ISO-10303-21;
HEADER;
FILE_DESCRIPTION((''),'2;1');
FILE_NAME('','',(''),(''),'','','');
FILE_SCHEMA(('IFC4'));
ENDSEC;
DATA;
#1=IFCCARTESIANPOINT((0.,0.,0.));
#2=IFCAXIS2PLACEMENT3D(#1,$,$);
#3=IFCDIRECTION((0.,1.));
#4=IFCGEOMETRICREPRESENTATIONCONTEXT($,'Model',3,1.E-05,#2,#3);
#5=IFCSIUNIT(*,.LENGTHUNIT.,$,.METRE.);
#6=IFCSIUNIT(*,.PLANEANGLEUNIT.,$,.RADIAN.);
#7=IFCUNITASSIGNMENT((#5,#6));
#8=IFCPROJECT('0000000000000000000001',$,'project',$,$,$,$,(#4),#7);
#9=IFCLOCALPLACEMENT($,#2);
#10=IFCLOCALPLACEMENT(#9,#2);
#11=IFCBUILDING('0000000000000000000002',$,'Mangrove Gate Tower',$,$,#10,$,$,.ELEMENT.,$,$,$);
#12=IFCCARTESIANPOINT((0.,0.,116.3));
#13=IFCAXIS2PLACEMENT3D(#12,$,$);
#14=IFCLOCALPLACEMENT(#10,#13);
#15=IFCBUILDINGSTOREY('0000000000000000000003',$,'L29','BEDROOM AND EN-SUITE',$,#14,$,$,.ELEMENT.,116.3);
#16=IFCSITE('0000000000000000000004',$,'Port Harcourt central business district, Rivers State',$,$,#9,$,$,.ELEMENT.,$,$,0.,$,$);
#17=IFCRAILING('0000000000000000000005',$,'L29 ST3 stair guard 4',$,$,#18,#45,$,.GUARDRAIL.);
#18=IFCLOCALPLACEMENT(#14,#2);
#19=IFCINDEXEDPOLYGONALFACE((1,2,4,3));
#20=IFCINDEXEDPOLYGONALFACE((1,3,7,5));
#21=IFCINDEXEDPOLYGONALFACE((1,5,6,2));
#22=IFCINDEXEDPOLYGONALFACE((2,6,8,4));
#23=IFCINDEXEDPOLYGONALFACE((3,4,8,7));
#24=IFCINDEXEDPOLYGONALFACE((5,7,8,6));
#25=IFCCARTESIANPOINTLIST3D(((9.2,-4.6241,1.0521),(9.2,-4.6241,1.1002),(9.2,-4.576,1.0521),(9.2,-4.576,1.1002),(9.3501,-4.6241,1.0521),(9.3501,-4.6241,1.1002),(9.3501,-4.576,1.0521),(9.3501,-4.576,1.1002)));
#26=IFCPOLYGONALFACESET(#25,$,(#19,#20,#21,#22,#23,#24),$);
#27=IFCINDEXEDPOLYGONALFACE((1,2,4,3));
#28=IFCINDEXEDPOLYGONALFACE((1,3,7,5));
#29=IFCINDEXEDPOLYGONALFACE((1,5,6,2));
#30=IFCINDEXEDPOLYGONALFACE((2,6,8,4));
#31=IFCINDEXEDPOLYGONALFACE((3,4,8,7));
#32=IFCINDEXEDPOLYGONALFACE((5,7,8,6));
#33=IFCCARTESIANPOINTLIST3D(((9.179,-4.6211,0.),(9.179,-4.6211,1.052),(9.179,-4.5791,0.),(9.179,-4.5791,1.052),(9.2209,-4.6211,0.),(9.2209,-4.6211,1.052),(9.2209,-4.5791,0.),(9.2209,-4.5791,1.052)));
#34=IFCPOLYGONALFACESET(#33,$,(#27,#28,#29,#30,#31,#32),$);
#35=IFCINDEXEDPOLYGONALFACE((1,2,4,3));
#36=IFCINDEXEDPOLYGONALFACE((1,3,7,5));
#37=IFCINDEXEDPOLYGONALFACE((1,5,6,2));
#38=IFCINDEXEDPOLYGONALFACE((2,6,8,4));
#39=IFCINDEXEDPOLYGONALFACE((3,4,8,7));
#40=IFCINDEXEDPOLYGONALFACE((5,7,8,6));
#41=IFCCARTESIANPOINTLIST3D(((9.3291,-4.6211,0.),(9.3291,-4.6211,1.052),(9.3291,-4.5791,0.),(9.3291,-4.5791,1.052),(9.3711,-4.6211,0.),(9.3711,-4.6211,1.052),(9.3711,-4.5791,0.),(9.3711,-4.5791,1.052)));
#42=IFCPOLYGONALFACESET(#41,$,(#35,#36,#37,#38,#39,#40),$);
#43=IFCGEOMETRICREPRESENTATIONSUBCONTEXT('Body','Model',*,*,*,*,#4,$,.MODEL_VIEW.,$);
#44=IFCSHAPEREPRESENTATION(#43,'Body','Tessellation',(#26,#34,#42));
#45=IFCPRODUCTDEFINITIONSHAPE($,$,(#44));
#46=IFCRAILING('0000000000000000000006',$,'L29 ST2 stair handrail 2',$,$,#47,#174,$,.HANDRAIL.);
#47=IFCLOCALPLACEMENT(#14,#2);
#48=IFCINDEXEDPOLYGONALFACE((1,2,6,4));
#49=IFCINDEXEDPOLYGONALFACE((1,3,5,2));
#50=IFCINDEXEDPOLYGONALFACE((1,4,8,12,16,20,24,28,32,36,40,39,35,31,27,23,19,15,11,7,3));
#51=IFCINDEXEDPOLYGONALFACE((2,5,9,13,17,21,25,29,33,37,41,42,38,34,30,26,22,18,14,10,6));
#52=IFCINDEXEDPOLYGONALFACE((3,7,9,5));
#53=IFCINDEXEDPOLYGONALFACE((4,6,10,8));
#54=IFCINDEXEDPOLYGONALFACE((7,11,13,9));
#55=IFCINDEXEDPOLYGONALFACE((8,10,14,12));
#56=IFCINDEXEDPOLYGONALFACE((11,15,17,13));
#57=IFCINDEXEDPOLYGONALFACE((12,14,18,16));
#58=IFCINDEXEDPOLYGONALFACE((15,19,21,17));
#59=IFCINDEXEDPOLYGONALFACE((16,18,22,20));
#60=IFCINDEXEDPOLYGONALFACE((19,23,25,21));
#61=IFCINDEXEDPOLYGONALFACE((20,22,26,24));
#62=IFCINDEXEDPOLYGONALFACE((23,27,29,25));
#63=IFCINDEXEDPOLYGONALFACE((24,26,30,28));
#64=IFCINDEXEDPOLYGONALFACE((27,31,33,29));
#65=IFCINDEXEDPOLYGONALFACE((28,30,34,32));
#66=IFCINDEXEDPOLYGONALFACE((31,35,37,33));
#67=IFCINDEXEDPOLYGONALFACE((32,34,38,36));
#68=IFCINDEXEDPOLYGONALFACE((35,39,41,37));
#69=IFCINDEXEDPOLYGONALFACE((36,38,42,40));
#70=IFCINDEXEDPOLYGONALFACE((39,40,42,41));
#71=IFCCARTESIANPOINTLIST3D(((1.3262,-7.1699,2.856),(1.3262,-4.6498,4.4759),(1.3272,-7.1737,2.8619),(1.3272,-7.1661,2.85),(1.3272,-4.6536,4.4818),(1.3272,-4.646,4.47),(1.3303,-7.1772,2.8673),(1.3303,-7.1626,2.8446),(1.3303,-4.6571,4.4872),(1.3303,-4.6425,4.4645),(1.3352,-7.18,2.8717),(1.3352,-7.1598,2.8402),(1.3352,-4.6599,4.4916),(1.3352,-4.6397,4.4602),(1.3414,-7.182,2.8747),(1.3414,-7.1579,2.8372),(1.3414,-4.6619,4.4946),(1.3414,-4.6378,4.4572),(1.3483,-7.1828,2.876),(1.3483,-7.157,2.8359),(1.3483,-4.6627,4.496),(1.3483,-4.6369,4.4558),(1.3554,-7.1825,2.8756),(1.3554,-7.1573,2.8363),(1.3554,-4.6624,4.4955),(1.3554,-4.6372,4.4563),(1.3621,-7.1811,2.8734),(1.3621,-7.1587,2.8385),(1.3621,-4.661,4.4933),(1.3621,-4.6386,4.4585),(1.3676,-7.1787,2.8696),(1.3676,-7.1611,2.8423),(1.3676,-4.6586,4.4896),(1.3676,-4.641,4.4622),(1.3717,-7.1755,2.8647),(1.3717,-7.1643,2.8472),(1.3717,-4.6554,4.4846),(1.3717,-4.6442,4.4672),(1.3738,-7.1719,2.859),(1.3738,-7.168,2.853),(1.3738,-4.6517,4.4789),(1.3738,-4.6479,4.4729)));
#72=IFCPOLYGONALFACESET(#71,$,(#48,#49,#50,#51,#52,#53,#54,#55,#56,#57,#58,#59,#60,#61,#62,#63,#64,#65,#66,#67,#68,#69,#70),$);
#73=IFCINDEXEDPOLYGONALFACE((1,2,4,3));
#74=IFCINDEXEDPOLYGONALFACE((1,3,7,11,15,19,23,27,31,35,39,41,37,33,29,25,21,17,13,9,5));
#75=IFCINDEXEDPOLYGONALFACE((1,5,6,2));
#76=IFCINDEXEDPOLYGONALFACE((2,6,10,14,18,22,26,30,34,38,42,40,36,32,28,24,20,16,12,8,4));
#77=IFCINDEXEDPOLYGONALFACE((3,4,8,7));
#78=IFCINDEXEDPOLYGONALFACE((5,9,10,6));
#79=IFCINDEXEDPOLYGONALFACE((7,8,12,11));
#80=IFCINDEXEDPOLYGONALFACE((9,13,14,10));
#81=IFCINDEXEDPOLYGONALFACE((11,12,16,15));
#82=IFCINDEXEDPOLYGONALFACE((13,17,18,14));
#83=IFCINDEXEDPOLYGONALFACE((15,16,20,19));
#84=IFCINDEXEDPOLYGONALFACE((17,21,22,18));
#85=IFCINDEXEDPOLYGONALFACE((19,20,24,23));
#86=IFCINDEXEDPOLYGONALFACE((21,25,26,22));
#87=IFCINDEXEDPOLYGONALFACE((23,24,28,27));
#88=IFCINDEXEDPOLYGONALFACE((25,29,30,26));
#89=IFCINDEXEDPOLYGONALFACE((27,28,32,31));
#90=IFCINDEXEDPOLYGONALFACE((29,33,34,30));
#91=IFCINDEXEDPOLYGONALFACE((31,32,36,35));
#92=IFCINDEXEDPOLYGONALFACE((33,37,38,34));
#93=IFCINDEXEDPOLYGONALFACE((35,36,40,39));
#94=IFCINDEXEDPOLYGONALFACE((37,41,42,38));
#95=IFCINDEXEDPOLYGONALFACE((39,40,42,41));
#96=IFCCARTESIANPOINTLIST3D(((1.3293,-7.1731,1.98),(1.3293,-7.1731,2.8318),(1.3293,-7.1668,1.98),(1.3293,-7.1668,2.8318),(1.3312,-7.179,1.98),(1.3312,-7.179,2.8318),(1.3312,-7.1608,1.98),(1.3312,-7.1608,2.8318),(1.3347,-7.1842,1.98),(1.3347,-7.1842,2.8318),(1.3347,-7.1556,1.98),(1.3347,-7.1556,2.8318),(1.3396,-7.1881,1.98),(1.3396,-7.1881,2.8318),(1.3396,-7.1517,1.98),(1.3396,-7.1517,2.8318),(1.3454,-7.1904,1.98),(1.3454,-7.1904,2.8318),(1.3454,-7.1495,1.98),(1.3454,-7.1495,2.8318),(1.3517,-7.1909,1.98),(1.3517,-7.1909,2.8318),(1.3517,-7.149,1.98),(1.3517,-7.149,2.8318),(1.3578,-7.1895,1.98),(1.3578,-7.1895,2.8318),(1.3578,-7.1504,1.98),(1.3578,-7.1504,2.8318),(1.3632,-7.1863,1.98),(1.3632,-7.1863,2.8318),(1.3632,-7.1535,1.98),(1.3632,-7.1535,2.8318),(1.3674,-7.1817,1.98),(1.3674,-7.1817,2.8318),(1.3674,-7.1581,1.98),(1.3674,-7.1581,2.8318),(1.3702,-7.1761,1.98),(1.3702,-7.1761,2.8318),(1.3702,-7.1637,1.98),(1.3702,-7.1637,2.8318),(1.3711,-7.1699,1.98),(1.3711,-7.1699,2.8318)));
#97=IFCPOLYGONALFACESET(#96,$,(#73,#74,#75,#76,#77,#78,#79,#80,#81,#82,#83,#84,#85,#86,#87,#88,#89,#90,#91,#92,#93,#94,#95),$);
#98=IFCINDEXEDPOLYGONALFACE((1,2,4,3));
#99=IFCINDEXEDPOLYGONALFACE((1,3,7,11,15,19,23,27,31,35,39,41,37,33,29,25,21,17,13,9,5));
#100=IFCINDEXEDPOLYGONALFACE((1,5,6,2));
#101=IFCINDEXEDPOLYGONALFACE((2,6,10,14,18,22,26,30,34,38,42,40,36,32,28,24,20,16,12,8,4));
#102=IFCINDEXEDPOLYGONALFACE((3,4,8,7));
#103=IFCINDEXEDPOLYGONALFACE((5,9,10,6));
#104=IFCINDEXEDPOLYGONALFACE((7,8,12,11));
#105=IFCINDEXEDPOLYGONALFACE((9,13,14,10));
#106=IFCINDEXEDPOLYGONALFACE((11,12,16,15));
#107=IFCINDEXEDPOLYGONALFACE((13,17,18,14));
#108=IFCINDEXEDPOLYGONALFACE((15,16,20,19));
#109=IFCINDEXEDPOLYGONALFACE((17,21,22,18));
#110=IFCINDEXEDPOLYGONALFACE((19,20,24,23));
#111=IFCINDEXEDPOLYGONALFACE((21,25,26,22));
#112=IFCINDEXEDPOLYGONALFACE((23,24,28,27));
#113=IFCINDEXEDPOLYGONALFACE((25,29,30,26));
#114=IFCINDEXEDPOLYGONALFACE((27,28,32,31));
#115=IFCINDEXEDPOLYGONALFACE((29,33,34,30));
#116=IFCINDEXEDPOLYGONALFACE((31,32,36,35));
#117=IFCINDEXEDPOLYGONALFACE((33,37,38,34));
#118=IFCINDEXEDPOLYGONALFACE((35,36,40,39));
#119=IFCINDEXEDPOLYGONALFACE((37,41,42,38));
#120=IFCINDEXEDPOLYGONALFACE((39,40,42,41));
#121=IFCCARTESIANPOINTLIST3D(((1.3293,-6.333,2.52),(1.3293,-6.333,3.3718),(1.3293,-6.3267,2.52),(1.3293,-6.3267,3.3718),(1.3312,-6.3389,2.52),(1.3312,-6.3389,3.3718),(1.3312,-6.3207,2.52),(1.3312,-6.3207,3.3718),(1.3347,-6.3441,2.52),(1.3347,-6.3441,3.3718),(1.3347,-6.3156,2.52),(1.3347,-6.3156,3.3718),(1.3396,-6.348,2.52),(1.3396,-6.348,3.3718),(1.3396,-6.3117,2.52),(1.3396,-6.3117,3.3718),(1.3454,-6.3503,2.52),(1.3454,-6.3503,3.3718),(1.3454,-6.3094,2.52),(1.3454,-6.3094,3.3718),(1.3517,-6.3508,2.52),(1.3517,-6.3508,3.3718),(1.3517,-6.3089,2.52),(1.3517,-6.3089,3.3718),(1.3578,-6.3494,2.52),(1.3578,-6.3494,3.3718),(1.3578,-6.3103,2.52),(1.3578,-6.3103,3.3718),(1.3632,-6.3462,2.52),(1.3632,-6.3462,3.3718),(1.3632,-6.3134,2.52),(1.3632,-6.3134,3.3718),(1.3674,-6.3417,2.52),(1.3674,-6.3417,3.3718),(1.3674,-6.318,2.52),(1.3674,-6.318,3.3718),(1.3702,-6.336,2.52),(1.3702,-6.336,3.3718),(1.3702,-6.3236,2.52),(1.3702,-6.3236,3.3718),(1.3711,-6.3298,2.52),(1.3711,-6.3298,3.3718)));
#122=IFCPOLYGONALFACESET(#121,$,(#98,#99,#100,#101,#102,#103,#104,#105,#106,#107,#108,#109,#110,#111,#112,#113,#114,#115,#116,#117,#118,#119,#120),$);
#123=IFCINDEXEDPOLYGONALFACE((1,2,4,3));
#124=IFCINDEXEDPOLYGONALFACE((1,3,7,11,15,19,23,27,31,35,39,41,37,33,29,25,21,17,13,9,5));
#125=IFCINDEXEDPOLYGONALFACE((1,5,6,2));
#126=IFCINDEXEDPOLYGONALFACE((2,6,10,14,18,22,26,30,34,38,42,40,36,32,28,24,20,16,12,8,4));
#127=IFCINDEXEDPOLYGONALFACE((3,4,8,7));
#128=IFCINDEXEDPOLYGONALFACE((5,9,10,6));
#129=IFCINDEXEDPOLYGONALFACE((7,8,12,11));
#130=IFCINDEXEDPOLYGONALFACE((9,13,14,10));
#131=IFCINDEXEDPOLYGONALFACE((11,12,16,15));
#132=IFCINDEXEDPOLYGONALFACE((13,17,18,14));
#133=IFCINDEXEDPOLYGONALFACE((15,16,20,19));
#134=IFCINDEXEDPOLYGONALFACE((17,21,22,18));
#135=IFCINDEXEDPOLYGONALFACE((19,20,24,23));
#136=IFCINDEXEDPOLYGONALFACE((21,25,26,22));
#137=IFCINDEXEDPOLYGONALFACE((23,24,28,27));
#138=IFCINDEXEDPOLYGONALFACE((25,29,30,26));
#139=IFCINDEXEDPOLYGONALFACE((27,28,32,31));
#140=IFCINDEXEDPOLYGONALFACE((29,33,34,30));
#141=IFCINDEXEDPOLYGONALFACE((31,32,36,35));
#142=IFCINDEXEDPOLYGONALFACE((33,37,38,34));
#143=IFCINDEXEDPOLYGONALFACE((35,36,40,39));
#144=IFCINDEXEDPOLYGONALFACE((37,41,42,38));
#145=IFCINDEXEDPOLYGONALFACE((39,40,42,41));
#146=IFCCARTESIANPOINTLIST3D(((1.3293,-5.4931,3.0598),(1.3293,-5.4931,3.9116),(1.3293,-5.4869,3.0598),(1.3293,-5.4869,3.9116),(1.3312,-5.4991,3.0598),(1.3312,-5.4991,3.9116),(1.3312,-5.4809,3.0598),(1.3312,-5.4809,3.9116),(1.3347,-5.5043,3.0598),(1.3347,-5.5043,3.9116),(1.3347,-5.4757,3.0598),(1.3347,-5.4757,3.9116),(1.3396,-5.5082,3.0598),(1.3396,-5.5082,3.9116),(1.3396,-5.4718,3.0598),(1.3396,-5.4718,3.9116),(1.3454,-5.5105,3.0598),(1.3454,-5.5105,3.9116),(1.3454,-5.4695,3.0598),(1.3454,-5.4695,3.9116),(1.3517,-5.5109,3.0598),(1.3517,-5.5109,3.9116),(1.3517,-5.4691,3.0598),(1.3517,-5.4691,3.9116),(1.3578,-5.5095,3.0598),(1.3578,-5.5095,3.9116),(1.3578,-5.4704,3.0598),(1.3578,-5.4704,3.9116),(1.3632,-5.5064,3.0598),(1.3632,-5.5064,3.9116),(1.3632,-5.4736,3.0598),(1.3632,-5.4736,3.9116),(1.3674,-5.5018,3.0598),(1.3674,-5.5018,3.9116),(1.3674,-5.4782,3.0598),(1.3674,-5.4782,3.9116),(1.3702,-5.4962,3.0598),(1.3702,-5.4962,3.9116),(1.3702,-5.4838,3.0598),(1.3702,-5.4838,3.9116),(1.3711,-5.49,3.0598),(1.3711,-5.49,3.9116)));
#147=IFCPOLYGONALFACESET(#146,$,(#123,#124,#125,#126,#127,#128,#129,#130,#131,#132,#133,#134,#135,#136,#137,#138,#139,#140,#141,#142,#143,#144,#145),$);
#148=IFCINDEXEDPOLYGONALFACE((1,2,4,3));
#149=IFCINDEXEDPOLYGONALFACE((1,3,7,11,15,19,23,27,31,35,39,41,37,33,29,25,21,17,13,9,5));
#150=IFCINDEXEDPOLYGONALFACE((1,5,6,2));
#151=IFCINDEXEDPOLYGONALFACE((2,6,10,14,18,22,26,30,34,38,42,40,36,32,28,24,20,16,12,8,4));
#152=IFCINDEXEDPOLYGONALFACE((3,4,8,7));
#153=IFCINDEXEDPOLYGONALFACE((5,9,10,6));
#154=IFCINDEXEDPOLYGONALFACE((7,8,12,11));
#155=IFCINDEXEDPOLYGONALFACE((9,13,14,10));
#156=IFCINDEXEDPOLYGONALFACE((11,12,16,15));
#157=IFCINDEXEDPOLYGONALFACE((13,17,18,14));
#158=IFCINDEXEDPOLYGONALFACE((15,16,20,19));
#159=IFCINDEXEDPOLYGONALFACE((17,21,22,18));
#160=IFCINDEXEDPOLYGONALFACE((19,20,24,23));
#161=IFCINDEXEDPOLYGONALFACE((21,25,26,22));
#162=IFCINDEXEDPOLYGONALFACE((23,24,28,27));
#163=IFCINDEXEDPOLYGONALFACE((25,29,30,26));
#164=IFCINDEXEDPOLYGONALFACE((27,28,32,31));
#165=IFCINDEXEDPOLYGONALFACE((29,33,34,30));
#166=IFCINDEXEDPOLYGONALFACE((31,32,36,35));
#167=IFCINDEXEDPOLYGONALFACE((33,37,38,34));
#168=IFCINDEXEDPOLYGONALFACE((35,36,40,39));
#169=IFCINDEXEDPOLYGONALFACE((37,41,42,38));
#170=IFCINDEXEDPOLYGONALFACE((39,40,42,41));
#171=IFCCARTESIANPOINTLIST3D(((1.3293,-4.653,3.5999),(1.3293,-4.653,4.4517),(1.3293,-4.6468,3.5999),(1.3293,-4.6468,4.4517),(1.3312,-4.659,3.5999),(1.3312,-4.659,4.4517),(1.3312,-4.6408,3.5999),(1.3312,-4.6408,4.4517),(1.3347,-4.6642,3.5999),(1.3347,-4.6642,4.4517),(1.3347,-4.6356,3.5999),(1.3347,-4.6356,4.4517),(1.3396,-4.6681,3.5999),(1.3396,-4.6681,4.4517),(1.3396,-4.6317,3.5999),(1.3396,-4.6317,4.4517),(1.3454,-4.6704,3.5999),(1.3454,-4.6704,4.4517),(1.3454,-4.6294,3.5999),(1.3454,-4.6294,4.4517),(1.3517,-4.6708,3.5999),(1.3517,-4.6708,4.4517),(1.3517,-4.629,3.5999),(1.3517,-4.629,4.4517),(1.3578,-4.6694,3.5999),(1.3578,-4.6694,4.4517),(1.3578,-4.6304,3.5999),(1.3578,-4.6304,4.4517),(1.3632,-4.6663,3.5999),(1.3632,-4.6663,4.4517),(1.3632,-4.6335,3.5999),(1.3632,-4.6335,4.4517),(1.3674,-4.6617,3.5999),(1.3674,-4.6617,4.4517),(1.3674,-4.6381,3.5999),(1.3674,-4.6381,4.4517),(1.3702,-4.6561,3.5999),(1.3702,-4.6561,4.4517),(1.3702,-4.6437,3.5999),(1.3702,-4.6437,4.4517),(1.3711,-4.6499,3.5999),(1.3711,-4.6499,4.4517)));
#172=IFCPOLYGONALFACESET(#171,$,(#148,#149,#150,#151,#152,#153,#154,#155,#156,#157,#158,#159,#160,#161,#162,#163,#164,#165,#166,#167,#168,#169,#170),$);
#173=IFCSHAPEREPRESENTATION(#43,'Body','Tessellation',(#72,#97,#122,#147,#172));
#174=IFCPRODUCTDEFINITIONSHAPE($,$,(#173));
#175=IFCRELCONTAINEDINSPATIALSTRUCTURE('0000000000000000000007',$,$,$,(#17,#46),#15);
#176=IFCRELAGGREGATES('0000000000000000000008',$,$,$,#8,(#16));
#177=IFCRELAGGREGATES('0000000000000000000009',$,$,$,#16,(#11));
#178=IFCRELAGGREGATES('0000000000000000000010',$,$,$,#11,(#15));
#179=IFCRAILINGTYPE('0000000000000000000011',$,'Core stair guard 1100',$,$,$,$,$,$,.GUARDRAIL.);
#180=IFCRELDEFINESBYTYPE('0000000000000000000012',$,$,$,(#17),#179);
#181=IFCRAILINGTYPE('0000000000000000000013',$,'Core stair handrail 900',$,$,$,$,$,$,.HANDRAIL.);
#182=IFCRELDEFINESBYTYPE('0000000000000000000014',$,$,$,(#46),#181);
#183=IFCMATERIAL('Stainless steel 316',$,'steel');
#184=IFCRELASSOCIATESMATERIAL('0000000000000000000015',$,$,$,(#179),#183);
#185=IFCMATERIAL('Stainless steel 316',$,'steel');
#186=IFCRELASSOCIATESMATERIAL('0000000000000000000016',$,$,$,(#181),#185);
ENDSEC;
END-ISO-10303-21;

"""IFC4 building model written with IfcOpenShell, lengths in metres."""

from ifc_helpers import new_model, si_unit, direction, frame, origin, origin_2d, place, context, subcontext, project, spatial, rectangle, circle, extrude, material, type_object, element, save


model = new_model("IFC4")

# Units and contexts
model_context = context("Model", 3, precision=1e-05, world=origin(), true_north=direction((0.0, 1.0)))
body_context = subcontext(model_context, "Body", "Model", "MODEL_VIEW")
ifc_project = project(units=[si_unit("LENGTHUNIT", "METRE"), si_unit("PLANEANGLEUNIT", "RADIAN")], contexts=[model_context])

# Site, building, storey
site_placement = place(None, origin())
site = spatial("IfcSite", under=ifc_project, at=site_placement, Name="Port Harcourt central business district, Rivers State", CompositionType="ELEMENT", RefElevation=0.0)
building_placement = place(site_placement, origin())
building = spatial("IfcBuilding", under=site, at=building_placement, Name="Mangrove Gate Tower", CompositionType="ELEMENT")
storey_placement = place(building_placement, frame((0.0, 0.0, 116.3)))
storey = spatial("IfcBuildingStorey", under=building, at=storey_placement, Name="L29", Description="BEDROOM AND EN-SUITE", CompositionType="ELEMENT", Elevation=116.3)

# Railings
ifc_material_1 = material(Name="Stainless steel 316", Category="steel")
railing_type_1 = type_object("IfcRailingType", Name="Core stair guard 1100", PredefinedType="GUARDRAIL", material=ifc_material_1)
railing_1_placement = place(storey_placement, frame((9.2, -4.6001, 0.0)))
element("IfcRailing", 1, at=railing_1_placement, inside=storey, type_object=railing_type_1, Name="L29 ST3 stair guard 4", PredefinedType="GUARDRAIL", context=body_context, shape_type="SweptSolid", body=[
    extrude(rectangle(XDim=0.0481, YDim=0.0481, at=origin_2d()), frame((0.0, 0.0, 1.0762), z_axis=(1.0, 0.0, 0.0), x_axis=(0.0, 1.0, 0.0)), (0.0, 0.0, 1.0), 0.1501),
    extrude(rectangle(XDim=0.042, YDim=0.042, at=origin_2d()), origin(), (0.0, 0.0, 1.0), 1.052),
    extrude(rectangle(XDim=0.042, YDim=0.042, at=origin_2d()), frame((0.1501, 0.0, 0.0)), (0.0, 0.0, 1.0), 1.052),
])
ifc_material_2 = material(Name="Stainless steel 316", Category="steel")
railing_type_2 = type_object("IfcRailingType", Name="Core stair handrail 900", PredefinedType="HANDRAIL", material=ifc_material_2)
railing_2_placement = place(storey_placement, frame((1.3501, -7.1699, 1.98)))
element("IfcRailing", 2, at=railing_2_placement, inside=storey, type_object=railing_type_2, Name="L29 ST2 stair handrail 2", PredefinedType="HANDRAIL", context=body_context, shape_type="SweptSolid", body=[
    extrude(circle(Radius=0.0239, at=origin_2d()), frame((0.0, 0.0, 0.876), z_axis=(0.0, 0.8412, 0.540725), x_axis=(-1.0, 0.0, 0.0)), (0.0, 0.0, 1.0), 2.9958),
    extrude(circle(Radius=0.021, at=origin_2d()), origin(), (0.0, 0.0, 1.0), 0.8518),
    extrude(circle(Radius=0.021, at=origin_2d()), frame((0.0, 0.8401, 0.54)), (0.0, 0.0, 1.0), 0.8518),
    extrude(circle(Radius=0.021, at=origin_2d()), frame((0.0, 1.6799, 1.0798)), (0.0, 0.0, 1.0), 0.8518),
    extrude(circle(Radius=0.021, at=origin_2d()), frame((0.0, 2.52, 1.6199)), (0.0, 0.0, 1.0), 0.8518),
])

save(model, "model.ifc")
